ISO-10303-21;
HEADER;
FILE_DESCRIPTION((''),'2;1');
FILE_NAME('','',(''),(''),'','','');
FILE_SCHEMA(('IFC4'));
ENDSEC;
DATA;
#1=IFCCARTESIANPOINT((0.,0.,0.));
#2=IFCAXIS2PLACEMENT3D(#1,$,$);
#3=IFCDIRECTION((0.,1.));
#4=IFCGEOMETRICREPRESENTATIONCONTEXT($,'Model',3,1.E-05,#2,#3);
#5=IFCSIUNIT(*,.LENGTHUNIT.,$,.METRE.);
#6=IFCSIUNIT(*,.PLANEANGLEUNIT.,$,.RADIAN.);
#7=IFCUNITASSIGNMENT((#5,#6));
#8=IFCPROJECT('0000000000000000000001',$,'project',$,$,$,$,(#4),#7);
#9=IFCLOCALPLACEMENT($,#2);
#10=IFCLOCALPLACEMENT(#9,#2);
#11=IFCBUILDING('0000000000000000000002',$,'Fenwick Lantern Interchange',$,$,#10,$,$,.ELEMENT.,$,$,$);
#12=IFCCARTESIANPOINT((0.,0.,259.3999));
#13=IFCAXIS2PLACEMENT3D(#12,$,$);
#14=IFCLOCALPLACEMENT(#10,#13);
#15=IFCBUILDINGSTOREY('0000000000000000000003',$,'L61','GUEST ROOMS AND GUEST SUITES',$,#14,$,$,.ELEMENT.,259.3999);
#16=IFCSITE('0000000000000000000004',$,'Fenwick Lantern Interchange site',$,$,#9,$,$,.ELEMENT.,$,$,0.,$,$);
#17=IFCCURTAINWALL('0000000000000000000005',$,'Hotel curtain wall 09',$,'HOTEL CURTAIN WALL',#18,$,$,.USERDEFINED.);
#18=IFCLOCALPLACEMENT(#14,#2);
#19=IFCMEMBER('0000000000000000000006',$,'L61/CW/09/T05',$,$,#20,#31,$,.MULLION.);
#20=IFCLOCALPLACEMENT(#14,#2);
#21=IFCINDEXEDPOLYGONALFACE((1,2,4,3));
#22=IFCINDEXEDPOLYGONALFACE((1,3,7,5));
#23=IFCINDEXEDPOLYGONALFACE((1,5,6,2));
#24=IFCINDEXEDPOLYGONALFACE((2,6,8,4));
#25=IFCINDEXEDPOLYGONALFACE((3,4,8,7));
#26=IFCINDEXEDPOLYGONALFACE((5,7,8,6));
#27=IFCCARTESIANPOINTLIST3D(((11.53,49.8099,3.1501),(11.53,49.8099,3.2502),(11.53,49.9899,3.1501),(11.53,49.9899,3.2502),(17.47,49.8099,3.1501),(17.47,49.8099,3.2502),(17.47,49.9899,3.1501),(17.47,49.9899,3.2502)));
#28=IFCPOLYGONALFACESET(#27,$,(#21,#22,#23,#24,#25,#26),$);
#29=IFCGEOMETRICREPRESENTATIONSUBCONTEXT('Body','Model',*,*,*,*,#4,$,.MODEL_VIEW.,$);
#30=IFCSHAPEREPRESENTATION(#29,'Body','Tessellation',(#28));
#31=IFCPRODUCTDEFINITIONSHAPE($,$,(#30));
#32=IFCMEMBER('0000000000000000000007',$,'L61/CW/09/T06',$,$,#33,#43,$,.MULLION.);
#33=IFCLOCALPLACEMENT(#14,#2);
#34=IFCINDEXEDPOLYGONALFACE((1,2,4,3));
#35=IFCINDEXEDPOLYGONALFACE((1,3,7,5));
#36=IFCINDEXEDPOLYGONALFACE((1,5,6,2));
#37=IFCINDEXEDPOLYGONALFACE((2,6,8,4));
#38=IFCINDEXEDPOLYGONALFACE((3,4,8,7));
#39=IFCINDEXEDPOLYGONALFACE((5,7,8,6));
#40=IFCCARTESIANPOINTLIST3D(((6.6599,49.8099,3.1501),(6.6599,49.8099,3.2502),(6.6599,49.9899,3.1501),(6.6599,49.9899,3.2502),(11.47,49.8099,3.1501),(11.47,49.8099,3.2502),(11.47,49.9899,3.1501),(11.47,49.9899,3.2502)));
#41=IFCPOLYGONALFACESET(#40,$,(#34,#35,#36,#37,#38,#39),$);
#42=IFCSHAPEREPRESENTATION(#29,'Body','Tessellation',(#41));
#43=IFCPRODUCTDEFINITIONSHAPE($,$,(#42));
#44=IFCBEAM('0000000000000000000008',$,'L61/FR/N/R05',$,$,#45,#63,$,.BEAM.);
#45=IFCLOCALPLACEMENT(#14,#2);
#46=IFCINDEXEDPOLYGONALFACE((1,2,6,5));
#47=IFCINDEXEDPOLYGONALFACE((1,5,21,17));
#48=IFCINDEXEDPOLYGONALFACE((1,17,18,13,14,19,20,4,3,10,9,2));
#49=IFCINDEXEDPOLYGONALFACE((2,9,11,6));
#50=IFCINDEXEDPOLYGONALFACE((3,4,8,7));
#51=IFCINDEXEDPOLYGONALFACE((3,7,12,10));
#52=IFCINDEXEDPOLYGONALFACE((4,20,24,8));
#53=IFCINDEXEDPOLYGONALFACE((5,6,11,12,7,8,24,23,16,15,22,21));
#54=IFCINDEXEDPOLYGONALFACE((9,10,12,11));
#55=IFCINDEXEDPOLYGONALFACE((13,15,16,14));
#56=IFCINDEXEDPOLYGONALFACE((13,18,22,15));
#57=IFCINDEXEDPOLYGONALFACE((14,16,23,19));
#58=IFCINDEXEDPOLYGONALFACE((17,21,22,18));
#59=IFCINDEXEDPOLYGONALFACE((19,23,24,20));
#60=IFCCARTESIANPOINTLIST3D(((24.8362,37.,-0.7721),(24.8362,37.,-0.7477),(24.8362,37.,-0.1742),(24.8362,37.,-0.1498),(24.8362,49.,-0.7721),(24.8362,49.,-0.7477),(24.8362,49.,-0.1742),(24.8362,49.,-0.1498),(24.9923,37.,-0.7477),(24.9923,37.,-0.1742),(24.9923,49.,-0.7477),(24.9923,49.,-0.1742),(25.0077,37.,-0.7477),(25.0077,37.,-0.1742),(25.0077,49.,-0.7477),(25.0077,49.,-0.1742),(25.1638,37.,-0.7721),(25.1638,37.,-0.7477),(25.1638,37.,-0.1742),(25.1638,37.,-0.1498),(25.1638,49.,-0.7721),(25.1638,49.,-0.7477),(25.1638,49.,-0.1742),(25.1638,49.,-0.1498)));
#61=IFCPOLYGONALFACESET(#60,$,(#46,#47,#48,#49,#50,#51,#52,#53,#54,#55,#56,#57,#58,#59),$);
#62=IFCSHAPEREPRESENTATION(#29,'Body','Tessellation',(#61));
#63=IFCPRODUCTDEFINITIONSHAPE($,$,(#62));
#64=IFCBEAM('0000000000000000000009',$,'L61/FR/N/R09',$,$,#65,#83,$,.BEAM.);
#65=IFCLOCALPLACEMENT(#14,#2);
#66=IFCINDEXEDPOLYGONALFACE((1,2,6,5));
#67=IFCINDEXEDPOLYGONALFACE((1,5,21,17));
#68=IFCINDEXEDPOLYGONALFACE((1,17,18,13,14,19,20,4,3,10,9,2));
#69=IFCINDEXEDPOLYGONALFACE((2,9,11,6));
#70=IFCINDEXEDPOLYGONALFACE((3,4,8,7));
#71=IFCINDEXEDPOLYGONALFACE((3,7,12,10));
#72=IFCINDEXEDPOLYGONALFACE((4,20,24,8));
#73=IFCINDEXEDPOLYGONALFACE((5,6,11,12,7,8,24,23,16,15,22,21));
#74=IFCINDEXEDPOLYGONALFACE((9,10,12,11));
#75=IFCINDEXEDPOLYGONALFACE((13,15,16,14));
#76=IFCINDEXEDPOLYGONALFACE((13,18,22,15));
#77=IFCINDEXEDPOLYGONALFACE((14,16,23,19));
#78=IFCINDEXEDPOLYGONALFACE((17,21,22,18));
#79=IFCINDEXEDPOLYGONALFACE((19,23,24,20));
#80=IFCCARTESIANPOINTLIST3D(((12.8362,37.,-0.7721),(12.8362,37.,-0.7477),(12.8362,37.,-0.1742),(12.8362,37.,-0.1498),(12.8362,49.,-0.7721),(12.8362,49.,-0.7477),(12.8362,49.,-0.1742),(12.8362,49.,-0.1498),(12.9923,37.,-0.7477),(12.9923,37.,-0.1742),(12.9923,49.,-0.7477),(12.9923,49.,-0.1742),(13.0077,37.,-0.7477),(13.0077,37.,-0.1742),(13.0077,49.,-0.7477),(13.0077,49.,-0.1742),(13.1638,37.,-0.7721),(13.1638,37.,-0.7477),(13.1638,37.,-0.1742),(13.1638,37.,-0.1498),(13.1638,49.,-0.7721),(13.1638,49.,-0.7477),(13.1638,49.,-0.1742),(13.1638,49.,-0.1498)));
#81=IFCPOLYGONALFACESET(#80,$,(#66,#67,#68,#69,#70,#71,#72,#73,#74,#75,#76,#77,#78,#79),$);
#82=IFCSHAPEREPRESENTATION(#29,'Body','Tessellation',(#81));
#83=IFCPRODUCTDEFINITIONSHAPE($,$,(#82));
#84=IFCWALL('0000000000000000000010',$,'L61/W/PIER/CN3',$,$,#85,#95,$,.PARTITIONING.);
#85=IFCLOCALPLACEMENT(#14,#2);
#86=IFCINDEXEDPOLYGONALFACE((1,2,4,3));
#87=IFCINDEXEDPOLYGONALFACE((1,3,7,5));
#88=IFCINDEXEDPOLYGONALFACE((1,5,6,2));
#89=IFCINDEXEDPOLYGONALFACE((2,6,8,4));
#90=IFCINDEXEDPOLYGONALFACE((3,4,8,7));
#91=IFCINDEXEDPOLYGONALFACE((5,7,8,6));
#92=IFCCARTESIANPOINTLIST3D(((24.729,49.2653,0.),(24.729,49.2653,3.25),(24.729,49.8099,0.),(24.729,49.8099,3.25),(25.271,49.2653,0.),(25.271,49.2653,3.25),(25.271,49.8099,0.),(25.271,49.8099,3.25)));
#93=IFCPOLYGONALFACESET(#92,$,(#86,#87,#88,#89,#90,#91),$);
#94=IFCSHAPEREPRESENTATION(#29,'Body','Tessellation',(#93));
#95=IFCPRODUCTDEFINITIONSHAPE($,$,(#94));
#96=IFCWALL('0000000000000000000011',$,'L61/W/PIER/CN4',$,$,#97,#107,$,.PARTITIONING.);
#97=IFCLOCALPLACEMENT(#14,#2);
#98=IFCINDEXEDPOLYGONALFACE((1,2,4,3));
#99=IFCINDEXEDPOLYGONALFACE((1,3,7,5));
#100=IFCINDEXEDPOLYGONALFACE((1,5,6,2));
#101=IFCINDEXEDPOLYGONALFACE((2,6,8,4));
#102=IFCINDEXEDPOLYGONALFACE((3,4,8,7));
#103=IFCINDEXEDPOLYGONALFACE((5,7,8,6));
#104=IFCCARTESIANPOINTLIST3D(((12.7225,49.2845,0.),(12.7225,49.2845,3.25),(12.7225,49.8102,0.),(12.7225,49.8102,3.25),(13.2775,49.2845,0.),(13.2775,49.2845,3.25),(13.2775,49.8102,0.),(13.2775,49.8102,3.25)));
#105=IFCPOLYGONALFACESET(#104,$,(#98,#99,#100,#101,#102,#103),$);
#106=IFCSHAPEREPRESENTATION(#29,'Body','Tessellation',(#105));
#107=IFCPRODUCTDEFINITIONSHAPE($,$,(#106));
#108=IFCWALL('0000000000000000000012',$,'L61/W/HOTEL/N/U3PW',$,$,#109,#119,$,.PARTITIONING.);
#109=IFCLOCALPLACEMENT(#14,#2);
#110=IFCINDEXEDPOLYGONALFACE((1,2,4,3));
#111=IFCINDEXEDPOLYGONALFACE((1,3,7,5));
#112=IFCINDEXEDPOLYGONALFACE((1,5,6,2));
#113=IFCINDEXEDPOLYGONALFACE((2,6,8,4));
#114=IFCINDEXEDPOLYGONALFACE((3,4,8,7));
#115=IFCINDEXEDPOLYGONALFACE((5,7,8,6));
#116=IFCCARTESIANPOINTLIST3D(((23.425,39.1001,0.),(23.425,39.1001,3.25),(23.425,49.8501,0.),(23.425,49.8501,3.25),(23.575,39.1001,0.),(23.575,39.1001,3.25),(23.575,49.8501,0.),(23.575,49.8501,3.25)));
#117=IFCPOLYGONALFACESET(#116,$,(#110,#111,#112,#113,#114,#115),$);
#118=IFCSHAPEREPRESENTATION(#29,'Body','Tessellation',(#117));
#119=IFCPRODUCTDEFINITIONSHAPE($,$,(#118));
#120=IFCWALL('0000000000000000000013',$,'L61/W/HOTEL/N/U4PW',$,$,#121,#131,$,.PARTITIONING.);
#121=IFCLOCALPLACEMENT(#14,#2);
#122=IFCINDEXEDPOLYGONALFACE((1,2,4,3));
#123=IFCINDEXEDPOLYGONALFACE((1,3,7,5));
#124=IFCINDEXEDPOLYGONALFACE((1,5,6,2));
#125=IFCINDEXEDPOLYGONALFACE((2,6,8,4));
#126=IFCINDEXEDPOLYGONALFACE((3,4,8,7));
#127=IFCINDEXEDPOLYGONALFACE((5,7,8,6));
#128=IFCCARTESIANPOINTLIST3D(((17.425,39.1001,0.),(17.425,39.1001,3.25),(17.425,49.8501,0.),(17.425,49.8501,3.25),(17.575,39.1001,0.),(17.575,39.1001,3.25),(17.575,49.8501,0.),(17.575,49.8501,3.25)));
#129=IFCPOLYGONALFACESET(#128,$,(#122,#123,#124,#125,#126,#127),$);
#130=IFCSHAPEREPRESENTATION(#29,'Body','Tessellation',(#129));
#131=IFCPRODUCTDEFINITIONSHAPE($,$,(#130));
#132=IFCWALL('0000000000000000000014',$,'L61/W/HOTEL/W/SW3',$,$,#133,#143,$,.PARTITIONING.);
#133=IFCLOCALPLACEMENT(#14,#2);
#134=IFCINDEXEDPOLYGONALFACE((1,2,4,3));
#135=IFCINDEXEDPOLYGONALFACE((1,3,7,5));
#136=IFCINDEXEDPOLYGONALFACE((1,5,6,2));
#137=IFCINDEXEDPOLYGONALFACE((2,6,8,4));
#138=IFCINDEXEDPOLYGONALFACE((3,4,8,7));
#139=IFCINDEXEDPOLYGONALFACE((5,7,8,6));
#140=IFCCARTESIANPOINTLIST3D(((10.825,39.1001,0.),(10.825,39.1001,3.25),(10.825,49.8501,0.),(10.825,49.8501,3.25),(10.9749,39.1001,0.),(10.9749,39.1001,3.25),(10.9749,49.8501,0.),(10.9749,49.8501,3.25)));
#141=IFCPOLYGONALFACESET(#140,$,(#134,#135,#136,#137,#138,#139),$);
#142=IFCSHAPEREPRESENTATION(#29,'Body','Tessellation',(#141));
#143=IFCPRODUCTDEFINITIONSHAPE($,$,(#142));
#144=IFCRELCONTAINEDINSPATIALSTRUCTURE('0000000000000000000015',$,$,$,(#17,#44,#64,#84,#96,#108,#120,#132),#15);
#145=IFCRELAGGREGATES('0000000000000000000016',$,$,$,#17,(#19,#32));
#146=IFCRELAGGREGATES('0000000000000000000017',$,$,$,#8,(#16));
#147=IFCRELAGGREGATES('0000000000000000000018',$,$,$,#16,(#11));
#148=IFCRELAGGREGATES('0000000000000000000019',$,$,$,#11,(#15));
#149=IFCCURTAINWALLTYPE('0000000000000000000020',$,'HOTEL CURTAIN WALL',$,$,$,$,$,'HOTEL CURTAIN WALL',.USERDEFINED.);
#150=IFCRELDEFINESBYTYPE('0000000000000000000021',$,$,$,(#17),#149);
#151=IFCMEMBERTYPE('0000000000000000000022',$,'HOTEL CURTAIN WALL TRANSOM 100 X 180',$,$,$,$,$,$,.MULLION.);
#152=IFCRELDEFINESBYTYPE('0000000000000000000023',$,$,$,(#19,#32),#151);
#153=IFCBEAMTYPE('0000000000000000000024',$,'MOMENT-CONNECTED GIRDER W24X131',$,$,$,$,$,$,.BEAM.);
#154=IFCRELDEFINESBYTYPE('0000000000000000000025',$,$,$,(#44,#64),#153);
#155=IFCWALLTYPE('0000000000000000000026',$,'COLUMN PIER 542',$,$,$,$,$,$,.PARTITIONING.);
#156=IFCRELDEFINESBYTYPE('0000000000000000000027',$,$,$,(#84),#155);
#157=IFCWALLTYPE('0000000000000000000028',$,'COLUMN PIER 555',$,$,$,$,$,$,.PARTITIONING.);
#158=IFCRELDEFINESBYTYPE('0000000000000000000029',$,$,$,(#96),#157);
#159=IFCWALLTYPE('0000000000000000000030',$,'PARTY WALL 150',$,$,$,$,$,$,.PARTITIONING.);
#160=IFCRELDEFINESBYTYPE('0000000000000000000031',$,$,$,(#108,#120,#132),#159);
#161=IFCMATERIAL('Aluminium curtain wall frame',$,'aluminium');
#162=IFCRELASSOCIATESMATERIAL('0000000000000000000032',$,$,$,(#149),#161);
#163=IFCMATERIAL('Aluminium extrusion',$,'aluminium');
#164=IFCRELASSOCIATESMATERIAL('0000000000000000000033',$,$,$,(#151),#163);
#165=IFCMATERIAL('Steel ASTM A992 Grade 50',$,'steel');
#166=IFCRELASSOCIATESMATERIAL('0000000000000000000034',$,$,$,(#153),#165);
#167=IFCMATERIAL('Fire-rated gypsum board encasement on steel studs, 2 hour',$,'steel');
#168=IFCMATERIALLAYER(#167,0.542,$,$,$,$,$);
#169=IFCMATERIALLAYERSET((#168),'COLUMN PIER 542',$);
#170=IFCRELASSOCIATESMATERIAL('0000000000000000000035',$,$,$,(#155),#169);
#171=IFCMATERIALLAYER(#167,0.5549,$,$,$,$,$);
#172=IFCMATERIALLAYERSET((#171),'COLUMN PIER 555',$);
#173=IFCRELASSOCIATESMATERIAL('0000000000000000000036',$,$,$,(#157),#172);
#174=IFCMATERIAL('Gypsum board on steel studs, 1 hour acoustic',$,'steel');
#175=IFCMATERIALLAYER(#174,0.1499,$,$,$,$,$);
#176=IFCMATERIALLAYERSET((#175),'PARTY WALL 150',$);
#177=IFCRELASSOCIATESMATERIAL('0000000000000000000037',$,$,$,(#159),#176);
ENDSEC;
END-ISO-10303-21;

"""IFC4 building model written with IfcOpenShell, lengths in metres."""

from ifc_helpers import new_model, si_unit, direction, frame, frame_2d, origin, origin_2d, place, context, subcontext, project, spatial, rectangle, i_section, extrude, material, layer, layer_set, material_profile, profile_set, type_object, element, aggregate, save


model = new_model("IFC4")

# Units and contexts
model_context = context("Model", 3, precision=1e-05, world=origin(), true_north=direction((0.0, 1.0)))
body_context = subcontext(model_context, "Body", "Model", "MODEL_VIEW")
ifc_project = project(units=[si_unit("LENGTHUNIT", "METRE"), si_unit("PLANEANGLEUNIT", "RADIAN")], contexts=[model_context])

# Site, building, storey
site_placement = place(None, origin())
site = spatial("IfcSite", under=ifc_project, at=site_placement, Name="Fenwick Lantern Interchange site", CompositionType="ELEMENT", RefElevation=0.0)
building_placement = place(site_placement, origin())
building = spatial("IfcBuilding", under=site, at=building_placement, Name="Fenwick Lantern Interchange", CompositionType="ELEMENT")
storey_placement = place(building_placement, frame((0.0, 0.0, 259.3999)))
storey = spatial("IfcBuildingStorey", under=building, at=storey_placement, Name="L61", Description="GUEST ROOMS AND GUEST SUITES", CompositionType="ELEMENT", Elevation=259.3999)

# Shared definitions
ifc_material_1 = material(Name="Steel ASTM A992 Grade 50", Category="steel")

# Curtain wall, members
ifc_material_2 = material(Name="Aluminium curtain wall frame", Category="aluminium")
curtain_wall_type = type_object("IfcCurtainWallType", Name="HOTEL CURTAIN WALL", ElementType="HOTEL CURTAIN WALL", PredefinedType="USERDEFINED", material=ifc_material_2)
curtain_wall_placement = place(storey_placement, origin())
curtain_wall = element("IfcCurtainWall", 1, at=curtain_wall_placement, inside=storey, type_object=curtain_wall_type, Name="Hotel curtain wall 09", ObjectType="HOTEL CURTAIN WALL", PredefinedType="USERDEFINED")
ifc_material_3 = material(Name="Aluminium extrusion", Category="aluminium")
ifc_material_profile_1 = material_profile(ifc_material_3, rectangle(XDim=0.1799, YDim=0.1001, at=origin_2d()), Name="HOTEL CURTAIN WALL TRANSOM 100 X 180")
ifc_profile_set_1 = profile_set([ifc_material_profile_1], Name="Aluminium extrusion")
member_type_1 = type_object("IfcMemberType", Name="HOTEL CURTAIN WALL TRANSOM 100 X 180", PredefinedType="MULLION", material=ifc_profile_set_1)
member_1_placement = place(storey_placement, frame((17.47, 49.8999, 3.2002), z_axis=(-1.0, 0.0, 0.0), x_axis=(0.0, -1.0, 0.0)))
member_1 = element("IfcMember", 2, at=member_1_placement, type_object=member_type_1, Name="L61/CW/09/T05", PredefinedType="MULLION", context=body_context, shape_type="SweptSolid", body=[
    extrude(rectangle(XDim=0.1799, YDim=0.1001, at=origin_2d()), origin(), (0.0, 0.0, 1.0), 5.9399),
])
member_2_placement = place(storey_placement, frame((11.47, 49.8999, 3.2002), z_axis=(-1.0, 0.0, 0.0), x_axis=(0.0, -1.0, 0.0)))
member_2 = element("IfcMember", 3, at=member_2_placement, type_object=member_type_1, Name="L61/CW/09/T06", PredefinedType="MULLION", context=body_context, shape_type="SweptSolid", body=[
    extrude(rectangle(XDim=0.1799, YDim=0.1001, at=origin_2d()), origin(), (0.0, 0.0, 1.0), 4.8101),
])
aggregate(curtain_wall, [member_1, member_2])

# Beams
ifc_material_profile_2 = material_profile(ifc_material_1, i_section(OverallWidth=0.3276, OverallDepth=0.6223, WebThickness=0.0154, FlangeThickness=0.0244, at=origin_2d()), Name="W24X131")
ifc_profile_set_2 = profile_set([ifc_material_profile_2], Name="Steel ASTM A992 Grade 50")
beam_type_1 = type_object("IfcBeamType", Name="MOMENT-CONNECTED GIRDER W24X131", PredefinedType="BEAM", material=ifc_profile_set_2)
for number, where, z_axis, x_axis, name in (
    (4, (25.0, 49.0, -0.4609), (0.0, -1.0, 0.0), (1.0, 0.0, 0.0), "L61/FR/N/R05"),
    (5, (13.0, 49.0, -0.4609), (0.0, -1.0, 0.0), (1.0, 0.0, 0.0), "L61/FR/N/R09"),
):
    element("IfcBeam", number, at=place(storey_placement, frame(where, z_axis=z_axis, x_axis=x_axis)), inside=storey, type_object=beam_type_1, Name=name, PredefinedType="BEAM", context=body_context, shape_type="SweptSolid", body=[
        extrude(i_section(OverallWidth=0.3276, OverallDepth=0.6223, WebThickness=0.0154, FlangeThickness=0.0244, at=origin_2d()), origin(), (0.0, 0.0, 1.0), 12.0),
    ])

# Walls
ifc_material_4 = material(Name="Fire-rated gypsum board encasement on steel studs, 2 hour", Category="steel")
ifc_layer_1 = layer(ifc_material_4, 0.542)
ifc_layer_set_1 = layer_set([ifc_layer_1], Name="COLUMN PIER 542")
wall_type_1 = type_object("IfcWallType", Name="COLUMN PIER 542", PredefinedType="PARTITIONING", material=ifc_layer_set_1)
wall_1_placement = place(storey_placement, frame((25.0, 49.8101, 0.0), z_axis=(0.0, 0.0, 1.0), x_axis=(0.0, -1.0, 0.0)))
element("IfcWall", 6, at=wall_1_placement, inside=storey, type_object=wall_type_1, Name="L61/W/PIER/CN3", PredefinedType="PARTITIONING", context=body_context, shape_type="SweptSolid", body=[
    extrude(rectangle(XDim=0.5447, YDim=0.542, at=frame_2d((0.2725, 0.0))), origin(), (0.0, 0.0, 1.0), 3.25),
])
ifc_layer_2 = layer(ifc_material_4, 0.5549)
ifc_layer_set_2 = layer_set([ifc_layer_2], Name="COLUMN PIER 555")
wall_type_2 = type_object("IfcWallType", Name="COLUMN PIER 555", PredefinedType="PARTITIONING", material=ifc_layer_set_2)
wall_2_placement = place(storey_placement, frame((13.0, 49.8101, 0.0), z_axis=(0.0, 0.0, 1.0), x_axis=(0.0, -1.0, 0.0)))
element("IfcWall", 7, at=wall_2_placement, inside=storey, type_object=wall_type_2, Name="L61/W/PIER/CN4", PredefinedType="PARTITIONING", context=body_context, shape_type="SweptSolid", body=[
    extrude(rectangle(XDim=0.5256, YDim=0.5549, at=frame_2d((0.2627, 0.0))), origin(), (0.0, 0.0, 1.0), 3.25),
])
ifc_material_5 = material(Name="Gypsum board on steel studs, 1 hour acoustic", Category="steel")
ifc_layer_3 = layer(ifc_material_5, 0.1499)
ifc_layer_set_3 = layer_set([ifc_layer_3], Name="PARTY WALL 150")
wall_type_3 = type_object("IfcWallType", Name="PARTY WALL 150", PredefinedType="PARTITIONING", material=ifc_layer_set_3)
for number, where, z_axis, x_axis, name in (
    (8, (23.5, 49.8501, 0.0), (0.0, 0.0, 1.0), (0.0, -1.0, 0.0), "L61/W/HOTEL/N/U3PW"),
    (9, (17.5, 49.8501, 0.0), (0.0, 0.0, 1.0), (0.0, -1.0, 0.0), "L61/W/HOTEL/N/U4PW"),
    (10, (10.8999, 49.8501, 0.0), (0.0, 0.0, 1.0), (0.0, -1.0, 0.0), "L61/W/HOTEL/W/SW3"),
):
    element("IfcWall", number, at=place(storey_placement, frame(where, z_axis=z_axis, x_axis=x_axis)), inside=storey, type_object=wall_type_3, Name=name, PredefinedType="PARTITIONING", context=body_context, shape_type="SweptSolid", body=[
        extrude(rectangle(XDim=10.75, YDim=0.1499, at=frame_2d((5.375, 0.0))), origin(), (0.0, 0.0, 1.0), 3.25),
    ])

save(model, "model.ifc")
